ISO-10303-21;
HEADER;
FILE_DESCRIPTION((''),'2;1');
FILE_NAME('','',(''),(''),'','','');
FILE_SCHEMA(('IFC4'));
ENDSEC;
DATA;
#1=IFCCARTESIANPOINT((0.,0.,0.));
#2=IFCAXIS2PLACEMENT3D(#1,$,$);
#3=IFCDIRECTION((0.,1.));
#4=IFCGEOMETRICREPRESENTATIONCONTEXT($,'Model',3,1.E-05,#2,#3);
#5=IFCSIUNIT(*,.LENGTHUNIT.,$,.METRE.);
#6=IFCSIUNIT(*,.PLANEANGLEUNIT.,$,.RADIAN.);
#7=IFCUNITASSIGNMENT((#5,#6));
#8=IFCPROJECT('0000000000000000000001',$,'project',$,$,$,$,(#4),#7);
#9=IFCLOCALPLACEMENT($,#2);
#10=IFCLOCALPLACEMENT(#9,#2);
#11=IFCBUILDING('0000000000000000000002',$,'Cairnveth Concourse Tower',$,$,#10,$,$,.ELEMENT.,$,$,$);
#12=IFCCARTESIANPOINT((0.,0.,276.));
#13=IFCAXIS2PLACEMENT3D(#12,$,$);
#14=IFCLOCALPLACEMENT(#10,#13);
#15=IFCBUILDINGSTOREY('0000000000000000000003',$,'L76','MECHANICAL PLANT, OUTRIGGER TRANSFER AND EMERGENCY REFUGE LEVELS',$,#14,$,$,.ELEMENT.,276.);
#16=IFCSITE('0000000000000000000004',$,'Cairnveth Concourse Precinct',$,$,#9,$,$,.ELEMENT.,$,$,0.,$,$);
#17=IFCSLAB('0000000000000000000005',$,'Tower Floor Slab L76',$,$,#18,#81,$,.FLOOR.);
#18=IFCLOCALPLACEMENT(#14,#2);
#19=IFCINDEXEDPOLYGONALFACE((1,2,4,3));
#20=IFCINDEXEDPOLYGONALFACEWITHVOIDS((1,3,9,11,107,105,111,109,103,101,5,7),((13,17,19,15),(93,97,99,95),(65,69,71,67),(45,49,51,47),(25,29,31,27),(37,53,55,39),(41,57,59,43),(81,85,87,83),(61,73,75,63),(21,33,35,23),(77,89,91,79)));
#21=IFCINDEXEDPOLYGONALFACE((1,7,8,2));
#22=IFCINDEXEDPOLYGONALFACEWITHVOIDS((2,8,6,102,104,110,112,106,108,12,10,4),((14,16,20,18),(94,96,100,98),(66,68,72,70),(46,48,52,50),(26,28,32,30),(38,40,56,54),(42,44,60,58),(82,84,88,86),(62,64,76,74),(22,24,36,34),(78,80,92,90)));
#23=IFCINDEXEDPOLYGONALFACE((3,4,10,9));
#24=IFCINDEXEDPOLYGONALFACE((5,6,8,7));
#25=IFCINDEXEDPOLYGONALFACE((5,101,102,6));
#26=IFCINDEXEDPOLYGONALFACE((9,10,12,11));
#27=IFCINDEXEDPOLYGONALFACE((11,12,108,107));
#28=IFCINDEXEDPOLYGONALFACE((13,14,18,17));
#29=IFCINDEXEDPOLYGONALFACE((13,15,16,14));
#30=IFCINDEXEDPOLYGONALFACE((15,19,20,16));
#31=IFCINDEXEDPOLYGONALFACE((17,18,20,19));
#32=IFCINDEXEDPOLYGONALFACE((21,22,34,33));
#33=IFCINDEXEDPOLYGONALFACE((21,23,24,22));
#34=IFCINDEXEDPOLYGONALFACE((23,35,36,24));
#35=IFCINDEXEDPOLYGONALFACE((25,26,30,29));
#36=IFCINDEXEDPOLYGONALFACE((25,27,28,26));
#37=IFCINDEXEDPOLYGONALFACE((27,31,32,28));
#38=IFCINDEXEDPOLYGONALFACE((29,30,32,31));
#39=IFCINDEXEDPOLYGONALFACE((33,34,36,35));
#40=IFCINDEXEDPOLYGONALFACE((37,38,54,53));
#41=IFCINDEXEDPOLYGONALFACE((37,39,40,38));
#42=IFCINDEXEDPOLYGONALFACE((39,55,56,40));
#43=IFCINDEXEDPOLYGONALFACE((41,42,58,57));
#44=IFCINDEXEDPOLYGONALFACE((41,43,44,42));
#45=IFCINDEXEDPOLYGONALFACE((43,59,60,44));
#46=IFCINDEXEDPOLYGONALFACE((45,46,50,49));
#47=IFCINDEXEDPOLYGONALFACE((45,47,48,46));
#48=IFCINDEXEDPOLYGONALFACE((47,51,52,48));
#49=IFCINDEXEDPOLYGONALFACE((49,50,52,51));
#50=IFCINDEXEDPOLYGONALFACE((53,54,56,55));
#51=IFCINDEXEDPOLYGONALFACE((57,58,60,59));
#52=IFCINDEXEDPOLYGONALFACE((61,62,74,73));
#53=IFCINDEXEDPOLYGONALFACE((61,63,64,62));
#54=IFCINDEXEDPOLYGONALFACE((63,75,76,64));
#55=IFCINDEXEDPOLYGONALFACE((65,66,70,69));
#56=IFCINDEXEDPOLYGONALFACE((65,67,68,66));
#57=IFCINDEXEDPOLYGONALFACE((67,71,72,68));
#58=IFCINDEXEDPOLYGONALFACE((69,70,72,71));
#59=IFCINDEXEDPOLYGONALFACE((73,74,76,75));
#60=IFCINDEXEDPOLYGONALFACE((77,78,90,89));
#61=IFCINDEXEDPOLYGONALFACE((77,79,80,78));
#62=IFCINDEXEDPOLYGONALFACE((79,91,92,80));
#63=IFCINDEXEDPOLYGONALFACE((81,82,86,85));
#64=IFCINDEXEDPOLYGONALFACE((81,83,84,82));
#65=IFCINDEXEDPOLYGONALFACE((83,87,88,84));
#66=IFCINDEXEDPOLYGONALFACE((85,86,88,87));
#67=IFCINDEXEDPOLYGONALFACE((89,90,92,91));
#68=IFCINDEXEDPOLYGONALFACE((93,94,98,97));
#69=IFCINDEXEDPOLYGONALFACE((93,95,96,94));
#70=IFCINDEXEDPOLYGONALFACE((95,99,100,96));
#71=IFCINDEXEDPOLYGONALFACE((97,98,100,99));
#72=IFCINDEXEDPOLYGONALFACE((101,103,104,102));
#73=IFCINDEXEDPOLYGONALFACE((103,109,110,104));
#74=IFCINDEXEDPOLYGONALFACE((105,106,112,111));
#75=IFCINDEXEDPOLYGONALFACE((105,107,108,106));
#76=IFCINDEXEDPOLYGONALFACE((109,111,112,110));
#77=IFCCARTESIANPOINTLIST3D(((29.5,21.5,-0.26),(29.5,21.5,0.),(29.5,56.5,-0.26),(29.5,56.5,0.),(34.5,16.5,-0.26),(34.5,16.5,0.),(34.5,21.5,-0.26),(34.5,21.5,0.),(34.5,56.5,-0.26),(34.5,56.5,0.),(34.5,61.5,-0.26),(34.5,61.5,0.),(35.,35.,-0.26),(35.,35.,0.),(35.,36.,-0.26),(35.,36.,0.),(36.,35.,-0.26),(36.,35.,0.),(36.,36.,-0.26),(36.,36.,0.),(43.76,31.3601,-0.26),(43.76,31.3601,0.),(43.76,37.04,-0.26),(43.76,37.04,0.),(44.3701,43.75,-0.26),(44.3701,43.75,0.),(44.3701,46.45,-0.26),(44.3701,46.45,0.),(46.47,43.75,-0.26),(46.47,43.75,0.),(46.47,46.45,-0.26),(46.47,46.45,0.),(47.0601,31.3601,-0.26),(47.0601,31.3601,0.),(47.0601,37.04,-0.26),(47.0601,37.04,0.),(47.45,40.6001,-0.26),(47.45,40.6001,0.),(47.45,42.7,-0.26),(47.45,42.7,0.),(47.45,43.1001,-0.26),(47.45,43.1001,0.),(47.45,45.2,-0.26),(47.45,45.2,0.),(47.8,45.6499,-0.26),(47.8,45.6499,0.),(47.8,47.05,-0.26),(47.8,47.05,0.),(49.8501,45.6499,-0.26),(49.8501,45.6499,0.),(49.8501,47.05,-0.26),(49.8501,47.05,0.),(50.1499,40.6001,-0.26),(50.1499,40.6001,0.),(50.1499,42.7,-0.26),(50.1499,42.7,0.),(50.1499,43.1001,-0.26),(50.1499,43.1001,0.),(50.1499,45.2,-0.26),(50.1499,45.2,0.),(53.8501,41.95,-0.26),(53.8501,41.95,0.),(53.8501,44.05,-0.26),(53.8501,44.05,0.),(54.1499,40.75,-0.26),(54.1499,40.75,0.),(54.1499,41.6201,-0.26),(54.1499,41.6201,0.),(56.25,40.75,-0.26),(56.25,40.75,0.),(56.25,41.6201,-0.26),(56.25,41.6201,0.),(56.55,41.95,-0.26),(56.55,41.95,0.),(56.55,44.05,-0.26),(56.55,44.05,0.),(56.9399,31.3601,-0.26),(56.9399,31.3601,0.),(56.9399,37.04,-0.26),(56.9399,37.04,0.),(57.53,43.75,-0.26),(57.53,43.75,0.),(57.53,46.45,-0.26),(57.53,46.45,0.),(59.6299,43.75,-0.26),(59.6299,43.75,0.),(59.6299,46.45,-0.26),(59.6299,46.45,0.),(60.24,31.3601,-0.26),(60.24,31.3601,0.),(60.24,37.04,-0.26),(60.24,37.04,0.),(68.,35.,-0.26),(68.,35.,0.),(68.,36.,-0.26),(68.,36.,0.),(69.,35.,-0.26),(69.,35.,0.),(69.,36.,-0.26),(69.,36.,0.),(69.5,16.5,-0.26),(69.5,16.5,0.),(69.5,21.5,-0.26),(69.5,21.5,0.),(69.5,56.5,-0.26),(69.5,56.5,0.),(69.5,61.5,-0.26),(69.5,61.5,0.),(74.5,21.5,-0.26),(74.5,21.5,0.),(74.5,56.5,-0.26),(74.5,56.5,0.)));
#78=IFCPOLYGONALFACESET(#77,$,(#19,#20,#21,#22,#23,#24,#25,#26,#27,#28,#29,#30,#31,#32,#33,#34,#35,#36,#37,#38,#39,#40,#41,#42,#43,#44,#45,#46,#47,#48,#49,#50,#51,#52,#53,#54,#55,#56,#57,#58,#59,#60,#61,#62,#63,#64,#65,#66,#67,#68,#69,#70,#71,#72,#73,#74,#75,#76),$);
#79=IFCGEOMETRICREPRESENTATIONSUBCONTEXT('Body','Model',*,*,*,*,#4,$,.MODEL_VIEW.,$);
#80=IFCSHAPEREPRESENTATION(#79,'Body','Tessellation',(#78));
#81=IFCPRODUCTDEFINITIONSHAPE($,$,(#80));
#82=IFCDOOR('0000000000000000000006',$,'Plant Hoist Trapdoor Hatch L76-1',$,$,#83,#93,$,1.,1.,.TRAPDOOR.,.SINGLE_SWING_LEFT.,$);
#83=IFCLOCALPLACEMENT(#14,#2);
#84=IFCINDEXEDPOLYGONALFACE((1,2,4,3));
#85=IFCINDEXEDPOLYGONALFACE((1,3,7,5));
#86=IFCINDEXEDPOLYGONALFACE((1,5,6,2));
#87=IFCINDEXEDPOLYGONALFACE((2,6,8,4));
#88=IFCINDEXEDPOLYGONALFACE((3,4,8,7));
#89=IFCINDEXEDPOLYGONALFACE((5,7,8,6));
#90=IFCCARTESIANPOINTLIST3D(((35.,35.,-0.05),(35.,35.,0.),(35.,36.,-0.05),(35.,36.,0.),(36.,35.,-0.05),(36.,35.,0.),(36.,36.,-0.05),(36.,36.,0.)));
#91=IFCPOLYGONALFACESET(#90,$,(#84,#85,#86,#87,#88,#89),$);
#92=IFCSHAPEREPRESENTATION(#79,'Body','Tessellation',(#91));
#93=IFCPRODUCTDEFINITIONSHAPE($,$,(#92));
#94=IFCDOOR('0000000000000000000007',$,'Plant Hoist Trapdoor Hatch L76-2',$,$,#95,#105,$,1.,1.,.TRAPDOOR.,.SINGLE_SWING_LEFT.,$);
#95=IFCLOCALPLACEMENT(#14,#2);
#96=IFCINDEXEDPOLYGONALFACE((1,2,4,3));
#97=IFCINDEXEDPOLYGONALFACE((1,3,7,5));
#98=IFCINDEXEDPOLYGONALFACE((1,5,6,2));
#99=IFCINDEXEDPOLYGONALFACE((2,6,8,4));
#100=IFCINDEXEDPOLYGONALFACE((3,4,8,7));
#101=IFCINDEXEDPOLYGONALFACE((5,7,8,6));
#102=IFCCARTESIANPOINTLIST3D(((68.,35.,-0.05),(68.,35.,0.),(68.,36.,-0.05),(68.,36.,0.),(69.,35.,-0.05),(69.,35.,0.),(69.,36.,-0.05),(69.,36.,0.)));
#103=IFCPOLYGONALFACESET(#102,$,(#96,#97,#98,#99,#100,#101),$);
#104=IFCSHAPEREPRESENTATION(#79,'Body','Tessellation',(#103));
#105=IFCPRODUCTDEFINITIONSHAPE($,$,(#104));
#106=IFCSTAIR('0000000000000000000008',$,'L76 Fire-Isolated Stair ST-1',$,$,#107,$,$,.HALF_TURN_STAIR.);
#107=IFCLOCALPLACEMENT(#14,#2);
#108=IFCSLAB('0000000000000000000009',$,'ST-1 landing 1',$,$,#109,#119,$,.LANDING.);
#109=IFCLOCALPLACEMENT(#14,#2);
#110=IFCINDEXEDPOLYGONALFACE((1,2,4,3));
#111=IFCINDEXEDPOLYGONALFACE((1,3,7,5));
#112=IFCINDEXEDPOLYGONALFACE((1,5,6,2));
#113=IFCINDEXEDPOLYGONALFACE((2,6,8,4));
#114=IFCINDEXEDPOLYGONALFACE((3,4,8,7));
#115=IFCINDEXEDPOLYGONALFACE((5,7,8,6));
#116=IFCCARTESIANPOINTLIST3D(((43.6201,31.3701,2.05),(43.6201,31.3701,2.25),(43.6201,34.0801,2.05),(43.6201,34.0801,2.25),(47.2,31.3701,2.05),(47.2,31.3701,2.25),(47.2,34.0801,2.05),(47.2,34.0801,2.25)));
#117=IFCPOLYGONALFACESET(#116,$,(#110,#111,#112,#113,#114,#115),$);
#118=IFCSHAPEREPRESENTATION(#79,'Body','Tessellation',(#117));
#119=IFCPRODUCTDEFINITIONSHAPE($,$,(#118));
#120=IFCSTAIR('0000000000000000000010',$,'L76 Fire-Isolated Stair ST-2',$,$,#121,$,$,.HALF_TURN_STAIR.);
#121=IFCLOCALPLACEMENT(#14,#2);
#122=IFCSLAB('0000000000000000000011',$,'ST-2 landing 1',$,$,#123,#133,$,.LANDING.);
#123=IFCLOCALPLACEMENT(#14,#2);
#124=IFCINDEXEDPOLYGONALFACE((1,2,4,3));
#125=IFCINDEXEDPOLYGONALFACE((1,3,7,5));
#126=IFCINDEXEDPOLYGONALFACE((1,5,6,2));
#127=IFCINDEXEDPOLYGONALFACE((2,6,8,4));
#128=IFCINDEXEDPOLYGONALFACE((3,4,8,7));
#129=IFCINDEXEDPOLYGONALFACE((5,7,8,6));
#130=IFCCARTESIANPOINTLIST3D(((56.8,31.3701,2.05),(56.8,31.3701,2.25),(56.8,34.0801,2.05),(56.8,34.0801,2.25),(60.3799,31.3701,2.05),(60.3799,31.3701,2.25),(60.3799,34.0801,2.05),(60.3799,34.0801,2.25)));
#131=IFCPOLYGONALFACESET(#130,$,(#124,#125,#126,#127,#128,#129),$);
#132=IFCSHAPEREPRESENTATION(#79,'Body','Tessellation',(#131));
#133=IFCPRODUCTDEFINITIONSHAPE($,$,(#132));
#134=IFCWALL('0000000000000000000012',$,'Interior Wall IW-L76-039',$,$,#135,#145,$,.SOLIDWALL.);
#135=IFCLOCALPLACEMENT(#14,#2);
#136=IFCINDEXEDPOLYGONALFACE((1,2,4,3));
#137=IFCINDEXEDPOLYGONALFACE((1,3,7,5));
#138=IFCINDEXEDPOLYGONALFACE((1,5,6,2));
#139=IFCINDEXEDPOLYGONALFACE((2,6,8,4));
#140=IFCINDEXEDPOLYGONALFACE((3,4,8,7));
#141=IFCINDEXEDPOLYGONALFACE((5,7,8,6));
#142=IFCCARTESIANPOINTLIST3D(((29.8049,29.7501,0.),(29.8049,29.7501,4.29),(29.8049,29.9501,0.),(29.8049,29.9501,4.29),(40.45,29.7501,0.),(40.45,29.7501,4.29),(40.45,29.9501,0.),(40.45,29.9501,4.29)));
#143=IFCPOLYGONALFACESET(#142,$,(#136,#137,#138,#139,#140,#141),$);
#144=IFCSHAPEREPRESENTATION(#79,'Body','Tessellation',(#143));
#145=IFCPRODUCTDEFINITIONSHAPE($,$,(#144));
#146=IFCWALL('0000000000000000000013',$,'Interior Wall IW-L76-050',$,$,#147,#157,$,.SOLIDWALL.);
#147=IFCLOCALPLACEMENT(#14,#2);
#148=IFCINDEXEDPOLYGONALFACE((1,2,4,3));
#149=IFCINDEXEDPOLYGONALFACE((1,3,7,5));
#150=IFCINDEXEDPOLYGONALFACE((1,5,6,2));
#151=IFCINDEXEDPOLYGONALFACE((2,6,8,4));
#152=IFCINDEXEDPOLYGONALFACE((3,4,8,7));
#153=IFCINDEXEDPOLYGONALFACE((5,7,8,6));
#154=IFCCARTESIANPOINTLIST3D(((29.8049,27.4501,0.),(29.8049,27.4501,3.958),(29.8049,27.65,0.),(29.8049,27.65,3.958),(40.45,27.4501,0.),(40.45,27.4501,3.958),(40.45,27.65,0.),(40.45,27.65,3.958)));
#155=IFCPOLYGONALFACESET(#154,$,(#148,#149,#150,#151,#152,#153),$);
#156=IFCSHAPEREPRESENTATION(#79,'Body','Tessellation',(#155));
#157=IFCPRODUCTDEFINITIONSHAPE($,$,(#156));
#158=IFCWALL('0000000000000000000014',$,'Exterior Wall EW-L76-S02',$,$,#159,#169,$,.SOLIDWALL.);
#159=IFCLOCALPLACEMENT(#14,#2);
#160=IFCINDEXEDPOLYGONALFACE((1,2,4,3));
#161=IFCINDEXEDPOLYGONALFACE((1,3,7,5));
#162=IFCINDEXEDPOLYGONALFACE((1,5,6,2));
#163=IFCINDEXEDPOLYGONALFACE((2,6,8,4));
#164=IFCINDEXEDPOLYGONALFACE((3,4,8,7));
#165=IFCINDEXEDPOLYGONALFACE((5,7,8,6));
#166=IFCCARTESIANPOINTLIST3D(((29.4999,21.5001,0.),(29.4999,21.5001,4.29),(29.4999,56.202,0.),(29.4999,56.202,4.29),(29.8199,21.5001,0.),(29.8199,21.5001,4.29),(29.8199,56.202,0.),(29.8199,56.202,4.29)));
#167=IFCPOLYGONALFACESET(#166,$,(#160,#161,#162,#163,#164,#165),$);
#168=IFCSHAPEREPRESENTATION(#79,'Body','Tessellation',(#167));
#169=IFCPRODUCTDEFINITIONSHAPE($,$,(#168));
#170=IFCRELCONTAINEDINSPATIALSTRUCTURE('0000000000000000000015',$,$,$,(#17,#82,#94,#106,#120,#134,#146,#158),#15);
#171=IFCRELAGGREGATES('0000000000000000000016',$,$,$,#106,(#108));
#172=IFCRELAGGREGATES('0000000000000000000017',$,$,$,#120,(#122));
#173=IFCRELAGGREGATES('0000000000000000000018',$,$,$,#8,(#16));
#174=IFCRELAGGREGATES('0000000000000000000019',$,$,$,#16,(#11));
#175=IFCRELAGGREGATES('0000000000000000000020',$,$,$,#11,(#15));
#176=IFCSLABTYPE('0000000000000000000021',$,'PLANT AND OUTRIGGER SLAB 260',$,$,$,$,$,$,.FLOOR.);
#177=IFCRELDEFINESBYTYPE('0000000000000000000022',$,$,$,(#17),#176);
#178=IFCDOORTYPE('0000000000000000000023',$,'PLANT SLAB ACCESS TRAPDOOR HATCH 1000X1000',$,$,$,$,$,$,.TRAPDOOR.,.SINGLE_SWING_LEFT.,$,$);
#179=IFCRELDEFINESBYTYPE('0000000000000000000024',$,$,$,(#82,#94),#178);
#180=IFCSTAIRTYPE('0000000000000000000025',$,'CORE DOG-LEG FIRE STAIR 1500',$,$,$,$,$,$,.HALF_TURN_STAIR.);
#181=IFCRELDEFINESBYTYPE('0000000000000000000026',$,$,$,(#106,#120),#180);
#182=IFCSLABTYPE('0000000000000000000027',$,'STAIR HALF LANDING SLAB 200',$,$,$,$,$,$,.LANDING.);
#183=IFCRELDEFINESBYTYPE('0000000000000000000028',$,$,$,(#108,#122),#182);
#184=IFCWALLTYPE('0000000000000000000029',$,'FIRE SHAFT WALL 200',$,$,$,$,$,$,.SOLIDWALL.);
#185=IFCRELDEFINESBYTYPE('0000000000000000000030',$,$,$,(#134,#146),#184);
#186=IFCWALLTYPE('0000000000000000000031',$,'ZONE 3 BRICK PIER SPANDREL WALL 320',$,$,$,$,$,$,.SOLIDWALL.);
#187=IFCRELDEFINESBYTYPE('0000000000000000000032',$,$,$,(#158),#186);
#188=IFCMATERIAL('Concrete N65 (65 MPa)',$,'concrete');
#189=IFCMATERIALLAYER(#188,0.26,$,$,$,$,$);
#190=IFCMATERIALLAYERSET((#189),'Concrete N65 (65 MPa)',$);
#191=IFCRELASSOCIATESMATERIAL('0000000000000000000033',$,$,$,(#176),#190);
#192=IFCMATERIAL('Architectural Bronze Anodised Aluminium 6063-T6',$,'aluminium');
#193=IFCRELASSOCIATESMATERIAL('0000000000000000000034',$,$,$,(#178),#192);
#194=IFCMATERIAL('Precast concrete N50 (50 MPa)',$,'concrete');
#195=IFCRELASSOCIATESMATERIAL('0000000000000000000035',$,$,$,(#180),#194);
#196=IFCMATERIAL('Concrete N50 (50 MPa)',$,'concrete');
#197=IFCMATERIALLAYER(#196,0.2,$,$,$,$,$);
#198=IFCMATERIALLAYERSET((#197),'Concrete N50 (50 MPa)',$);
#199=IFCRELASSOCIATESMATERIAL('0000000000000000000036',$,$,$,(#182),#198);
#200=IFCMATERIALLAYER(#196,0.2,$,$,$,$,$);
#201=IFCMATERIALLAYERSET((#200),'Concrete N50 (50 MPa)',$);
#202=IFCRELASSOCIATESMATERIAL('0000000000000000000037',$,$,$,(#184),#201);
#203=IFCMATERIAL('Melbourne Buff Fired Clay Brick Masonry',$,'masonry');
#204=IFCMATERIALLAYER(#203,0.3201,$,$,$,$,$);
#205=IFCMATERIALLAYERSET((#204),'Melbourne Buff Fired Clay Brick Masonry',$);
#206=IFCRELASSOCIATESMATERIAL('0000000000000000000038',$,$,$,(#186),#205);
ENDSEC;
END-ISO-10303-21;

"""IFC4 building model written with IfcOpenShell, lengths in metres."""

from ifc_helpers import new_model, si_unit, direction, frame, frame_2d, origin, origin_2d, place, context, subcontext, project, spatial, polyline, rectangle, outline, extrude, material, layer, layer_set, type_object, element, fill, aggregate, save


model = new_model("IFC4")

# Units and contexts
model_context = context("Model", 3, precision=1e-05, world=origin(), true_north=direction((0.0, 1.0)))
body_context = subcontext(model_context, "Body", "Model", "MODEL_VIEW")
ifc_project = project(units=[si_unit("LENGTHUNIT", "METRE"), si_unit("PLANEANGLEUNIT", "RADIAN")], contexts=[model_context])

# Site, building, storey
site_placement = place(None, origin())
site = spatial("IfcSite", under=ifc_project, at=site_placement, Name="Cairnveth Concourse Precinct", CompositionType="ELEMENT", RefElevation=0.0)
building_placement = place(site_placement, origin())
building = spatial("IfcBuilding", under=site, at=building_placement, Name="Cairnveth Concourse Tower", CompositionType="ELEMENT")
storey_placement = place(building_placement, frame((0.0, 0.0, 276.0)))
storey = spatial("IfcBuildingStorey", under=building, at=storey_placement, Name="L76", Description="MECHANICAL PLANT, OUTRIGGER TRANSFER AND EMERGENCY REFUGE LEVELS", CompositionType="ELEMENT", Elevation=276.0)

# Shared definitions
ifc_material_1 = material(Name="Concrete N65 (65 MPa)", Category="concrete")

# Slab, openings, doors
ifc_layer_1 = layer(ifc_material_1, 0.26)
ifc_layer_set_1 = layer_set([ifc_layer_1], Name="Concrete N65 (65 MPa)")
slab_type_1 = type_object("IfcSlabType", Name="PLANT AND OUTRIGGER SLAB 260", PredefinedType="FLOOR", material=ifc_layer_set_1)
slab_1_placement = place(storey_placement, frame((0.0, 0.0, -0.26)))
slab_1 = element("IfcSlab", 1, at=slab_1_placement, inside=storey, type_object=slab_type_1, Name="Tower Floor Slab L76", PredefinedType="FLOOR", context=body_context, shape_type="SweptSolid", body=[
    extrude(outline(polyline([(34.5, 16.5), (69.5, 16.5), (69.5, 21.5), (74.5, 21.5), (74.5, 56.5), (69.5, 56.5), (69.5, 61.5), (34.5, 61.5), (34.5, 56.5), (29.5, 56.5), (29.5, 21.5), (34.5, 21.5), (34.5, 16.5)]), holes=[polyline([(43.76, 31.3601), (47.0601, 31.3601), (47.0601, 37.04), (43.76, 37.04), (43.76, 31.3601)]), polyline([(56.9399, 31.3601), (60.24, 31.3601), (60.24, 37.04), (56.9399, 37.04), (56.9399, 31.3601)]), polyline([(44.3701, 43.75), (46.47, 43.75), (46.47, 46.45), (44.3701, 46.45), (44.3701, 43.75)]), polyline([(57.53, 43.75), (59.6299, 43.75), (59.6299, 46.45), (57.53, 46.45), (57.53, 43.75)]), polyline([(47.45, 40.6001), (50.1499, 40.6001), (50.1499, 42.7), (47.45, 42.7), (47.45, 40.6001)]), polyline([(47.45, 43.1001), (50.1499, 43.1001), (50.1499, 45.2), (47.45, 45.2), (47.45, 43.1001)]), polyline([(53.8501, 41.95), (56.55, 41.95), (56.55, 44.05), (53.8501, 44.05), (53.8501, 41.95)]), polyline([(47.8, 45.6499), (49.8501, 45.6499), (49.8501, 47.05), (47.8, 47.05), (47.8, 45.6499)]), polyline([(54.1499, 40.75), (56.25, 40.75), (56.25, 41.6201), (54.1499, 41.6201), (54.1499, 40.75)]), polyline([(35.0, 35.0), (36.0, 35.0), (36.0, 36.0), (35.0, 36.0), (35.0, 35.0)]), polyline([(68.0, 35.0), (69.0, 35.0), (69.0, 36.0), (68.0, 36.0), (68.0, 35.0)])]), origin(), (0.0, 0.0, 1.0), 0.26),
])
opening_1_placement = place(slab_1_placement, frame((35.5, 35.5, 0.0)))
opening_1 = element("IfcOpeningElement", 2, at=opening_1_placement, cuts=slab_1, PredefinedType="OPENING", context=body_context, shape_type="SweptSolid", body=[
    extrude(rectangle(XDim=1.0, YDim=1.0, at=origin_2d()), origin(), (0.0, 0.0, 1.0), 0.26),
])
opening_2_placement = place(slab_1_placement, frame((68.5, 35.5, 0.0)))
opening_2 = element("IfcOpeningElement", 3, at=opening_2_placement, cuts=slab_1, PredefinedType="OPENING", context=body_context, shape_type="SweptSolid", body=[
    extrude(rectangle(XDim=1.0, YDim=1.0, at=origin_2d()), origin(), (0.0, 0.0, 1.0), 0.26),
])
ifc_material_2 = material(Name="Architectural Bronze Anodised Aluminium 6063-T6", Category="aluminium")
door_type = type_object("IfcDoorType", Name="PLANT SLAB ACCESS TRAPDOOR HATCH 1000X1000", OperationType="SINGLE_SWING_LEFT", PredefinedType="TRAPDOOR", material=ifc_material_2)
door_1_placement = place(opening_1_placement, frame((0.0, 0.0, 0.21)))
door_1 = element("IfcDoor", 4, at=door_1_placement, inside=storey, type_object=door_type, Name="Plant Hoist Trapdoor Hatch L76-1", OperationType="SINGLE_SWING_LEFT", OverallHeight=1.0, OverallWidth=1.0, PredefinedType="TRAPDOOR", context=body_context, shape_type="SweptSolid", body=[
    extrude(rectangle(XDim=1.0, YDim=1.0, at=origin_2d()), origin(), (0.0, 0.0, 1.0), 0.05),
])
fill(opening_1, door_1)
door_2_placement = place(opening_2_placement, frame((0.0, 0.0, 0.21)))
door_2 = element("IfcDoor", 5, at=door_2_placement, inside=storey, type_object=door_type, Name="Plant Hoist Trapdoor Hatch L76-2", OperationType="SINGLE_SWING_LEFT", OverallHeight=1.0, OverallWidth=1.0, PredefinedType="TRAPDOOR", context=body_context, shape_type="SweptSolid", body=[
    extrude(rectangle(XDim=1.0, YDim=1.0, at=origin_2d()), origin(), (0.0, 0.0, 1.0), 0.05),
])
fill(opening_2, door_2)

# Stairs, slabs
ifc_material_3 = material(Name="Precast concrete N50 (50 MPa)", Category="concrete")
stair_type = type_object("IfcStairType", Name="CORE DOG-LEG FIRE STAIR 1500", PredefinedType="HALF_TURN_STAIR", material=ifc_material_3)
stair_1_placement = place(storey_placement, origin())
stair_1 = element("IfcStair", 6, at=stair_1_placement, inside=storey, type_object=stair_type, Name="L76 Fire-Isolated Stair ST-1", PredefinedType="HALF_TURN_STAIR")
ifc_material_4 = material(Name="Concrete N50 (50 MPa)", Category="concrete")
ifc_layer_2 = layer(ifc_material_4, 0.2)
ifc_layer_set_2 = layer_set([ifc_layer_2], Name="Concrete N50 (50 MPa)")
slab_type_2 = type_object("IfcSlabType", Name="STAIR HALF LANDING SLAB 200", PredefinedType="LANDING", material=ifc_layer_set_2)
slab_2_placement = place(storey_placement, frame((0.0, 0.0, 2.05)))
slab_2 = element("IfcSlab", 7, at=slab_2_placement, type_object=slab_type_2, Name="ST-1 landing 1", PredefinedType="LANDING", context=body_context, shape_type="SweptSolid", body=[
    extrude(outline(polyline([(43.6201, 34.0801), (43.6201, 31.3701), (47.2, 31.3701), (47.2, 34.0801), (43.6201, 34.0801)])), origin(), (0.0, 0.0, 1.0), 0.2),
])
aggregate(stair_1, [slab_2])
stair_2_placement = place(storey_placement, origin())
stair_2 = element("IfcStair", 8, at=stair_2_placement, inside=storey, type_object=stair_type, Name="L76 Fire-Isolated Stair ST-2", PredefinedType="HALF_TURN_STAIR")
slab_3_placement = place(storey_placement, frame((0.0, 0.0, 2.05)))
slab_3 = element("IfcSlab", 9, at=slab_3_placement, type_object=slab_type_2, Name="ST-2 landing 1", PredefinedType="LANDING", context=body_context, shape_type="SweptSolid", body=[
    extrude(outline(polyline([(56.8, 34.0801), (56.8, 31.3701), (60.3799, 31.3701), (60.3799, 34.0801), (56.8, 34.0801)])), origin(), (0.0, 0.0, 1.0), 0.2),
])
aggregate(stair_2, [slab_3])

# Walls
ifc_layer_3 = layer(ifc_material_4, 0.2)
ifc_layer_set_3 = layer_set([ifc_layer_3], Name="Concrete N50 (50 MPa)")
wall_type_1 = type_object("IfcWallType", Name="FIRE SHAFT WALL 200", PredefinedType="SOLIDWALL", material=ifc_layer_set_3)
wall_1_placement = place(storey_placement, frame((29.8049, 29.8501, 0.0), z_axis=(0.0, 0.0, 1.0), x_axis=(1.0, 0.0, 0.0)))
element("IfcWall", 10, at=wall_1_placement, inside=storey, type_object=wall_type_1, Name="Interior Wall IW-L76-039", PredefinedType="SOLIDWALL", context=body_context, shape_type="SweptSolid", body=[
    extrude(rectangle(XDim=10.645, YDim=0.2, at=frame_2d((5.3225, 0.0))), origin(), (0.0, 0.0, 1.0), 4.29),
])
wall_2_placement = place(storey_placement, frame((29.8049, 27.55, 0.0), z_axis=(0.0, 0.0, 1.0), x_axis=(1.0, 0.0, 0.0)))
element("IfcWall", 11, at=wall_2_placement, inside=storey, type_object=wall_type_1, Name="Interior Wall IW-L76-050", PredefinedType="SOLIDWALL", context=body_context, shape_type="SweptSolid", body=[
    extrude(rectangle(XDim=10.645, YDim=0.2, at=frame_2d((5.3225, 0.0))), origin(), (0.0, 0.0, 1.0), 3.958),
])
ifc_material_5 = material(Name="Melbourne Buff Fired Clay Brick Masonry", Category="masonry")
ifc_layer_4 = layer(ifc_material_5, 0.3201)
ifc_layer_set_4 = layer_set([ifc_layer_4], Name="Melbourne Buff Fired Clay Brick Masonry")
wall_type_2 = type_object("IfcWallType", Name="ZONE 3 BRICK PIER SPANDREL WALL 320", PredefinedType="SOLIDWALL", material=ifc_layer_set_4)
wall_3_placement = place(storey_placement, frame((29.6599, 21.5, 0.0), z_axis=(0.0, 0.0, 1.0), x_axis=(0.0, 1.0, 0.0)))
element("IfcWall", 12, at=wall_3_placement, inside=storey, type_object=wall_type_2, Name="Exterior Wall EW-L76-S02", PredefinedType="SOLIDWALL", context=body_context, shape_type="SweptSolid", body=[
    extrude(rectangle(XDim=34.7019, YDim=0.3201, at=frame_2d((17.3511, 0.0))), origin(), (0.0, 0.0, 1.0), 4.29),
])

save(model, "model.ifc")
